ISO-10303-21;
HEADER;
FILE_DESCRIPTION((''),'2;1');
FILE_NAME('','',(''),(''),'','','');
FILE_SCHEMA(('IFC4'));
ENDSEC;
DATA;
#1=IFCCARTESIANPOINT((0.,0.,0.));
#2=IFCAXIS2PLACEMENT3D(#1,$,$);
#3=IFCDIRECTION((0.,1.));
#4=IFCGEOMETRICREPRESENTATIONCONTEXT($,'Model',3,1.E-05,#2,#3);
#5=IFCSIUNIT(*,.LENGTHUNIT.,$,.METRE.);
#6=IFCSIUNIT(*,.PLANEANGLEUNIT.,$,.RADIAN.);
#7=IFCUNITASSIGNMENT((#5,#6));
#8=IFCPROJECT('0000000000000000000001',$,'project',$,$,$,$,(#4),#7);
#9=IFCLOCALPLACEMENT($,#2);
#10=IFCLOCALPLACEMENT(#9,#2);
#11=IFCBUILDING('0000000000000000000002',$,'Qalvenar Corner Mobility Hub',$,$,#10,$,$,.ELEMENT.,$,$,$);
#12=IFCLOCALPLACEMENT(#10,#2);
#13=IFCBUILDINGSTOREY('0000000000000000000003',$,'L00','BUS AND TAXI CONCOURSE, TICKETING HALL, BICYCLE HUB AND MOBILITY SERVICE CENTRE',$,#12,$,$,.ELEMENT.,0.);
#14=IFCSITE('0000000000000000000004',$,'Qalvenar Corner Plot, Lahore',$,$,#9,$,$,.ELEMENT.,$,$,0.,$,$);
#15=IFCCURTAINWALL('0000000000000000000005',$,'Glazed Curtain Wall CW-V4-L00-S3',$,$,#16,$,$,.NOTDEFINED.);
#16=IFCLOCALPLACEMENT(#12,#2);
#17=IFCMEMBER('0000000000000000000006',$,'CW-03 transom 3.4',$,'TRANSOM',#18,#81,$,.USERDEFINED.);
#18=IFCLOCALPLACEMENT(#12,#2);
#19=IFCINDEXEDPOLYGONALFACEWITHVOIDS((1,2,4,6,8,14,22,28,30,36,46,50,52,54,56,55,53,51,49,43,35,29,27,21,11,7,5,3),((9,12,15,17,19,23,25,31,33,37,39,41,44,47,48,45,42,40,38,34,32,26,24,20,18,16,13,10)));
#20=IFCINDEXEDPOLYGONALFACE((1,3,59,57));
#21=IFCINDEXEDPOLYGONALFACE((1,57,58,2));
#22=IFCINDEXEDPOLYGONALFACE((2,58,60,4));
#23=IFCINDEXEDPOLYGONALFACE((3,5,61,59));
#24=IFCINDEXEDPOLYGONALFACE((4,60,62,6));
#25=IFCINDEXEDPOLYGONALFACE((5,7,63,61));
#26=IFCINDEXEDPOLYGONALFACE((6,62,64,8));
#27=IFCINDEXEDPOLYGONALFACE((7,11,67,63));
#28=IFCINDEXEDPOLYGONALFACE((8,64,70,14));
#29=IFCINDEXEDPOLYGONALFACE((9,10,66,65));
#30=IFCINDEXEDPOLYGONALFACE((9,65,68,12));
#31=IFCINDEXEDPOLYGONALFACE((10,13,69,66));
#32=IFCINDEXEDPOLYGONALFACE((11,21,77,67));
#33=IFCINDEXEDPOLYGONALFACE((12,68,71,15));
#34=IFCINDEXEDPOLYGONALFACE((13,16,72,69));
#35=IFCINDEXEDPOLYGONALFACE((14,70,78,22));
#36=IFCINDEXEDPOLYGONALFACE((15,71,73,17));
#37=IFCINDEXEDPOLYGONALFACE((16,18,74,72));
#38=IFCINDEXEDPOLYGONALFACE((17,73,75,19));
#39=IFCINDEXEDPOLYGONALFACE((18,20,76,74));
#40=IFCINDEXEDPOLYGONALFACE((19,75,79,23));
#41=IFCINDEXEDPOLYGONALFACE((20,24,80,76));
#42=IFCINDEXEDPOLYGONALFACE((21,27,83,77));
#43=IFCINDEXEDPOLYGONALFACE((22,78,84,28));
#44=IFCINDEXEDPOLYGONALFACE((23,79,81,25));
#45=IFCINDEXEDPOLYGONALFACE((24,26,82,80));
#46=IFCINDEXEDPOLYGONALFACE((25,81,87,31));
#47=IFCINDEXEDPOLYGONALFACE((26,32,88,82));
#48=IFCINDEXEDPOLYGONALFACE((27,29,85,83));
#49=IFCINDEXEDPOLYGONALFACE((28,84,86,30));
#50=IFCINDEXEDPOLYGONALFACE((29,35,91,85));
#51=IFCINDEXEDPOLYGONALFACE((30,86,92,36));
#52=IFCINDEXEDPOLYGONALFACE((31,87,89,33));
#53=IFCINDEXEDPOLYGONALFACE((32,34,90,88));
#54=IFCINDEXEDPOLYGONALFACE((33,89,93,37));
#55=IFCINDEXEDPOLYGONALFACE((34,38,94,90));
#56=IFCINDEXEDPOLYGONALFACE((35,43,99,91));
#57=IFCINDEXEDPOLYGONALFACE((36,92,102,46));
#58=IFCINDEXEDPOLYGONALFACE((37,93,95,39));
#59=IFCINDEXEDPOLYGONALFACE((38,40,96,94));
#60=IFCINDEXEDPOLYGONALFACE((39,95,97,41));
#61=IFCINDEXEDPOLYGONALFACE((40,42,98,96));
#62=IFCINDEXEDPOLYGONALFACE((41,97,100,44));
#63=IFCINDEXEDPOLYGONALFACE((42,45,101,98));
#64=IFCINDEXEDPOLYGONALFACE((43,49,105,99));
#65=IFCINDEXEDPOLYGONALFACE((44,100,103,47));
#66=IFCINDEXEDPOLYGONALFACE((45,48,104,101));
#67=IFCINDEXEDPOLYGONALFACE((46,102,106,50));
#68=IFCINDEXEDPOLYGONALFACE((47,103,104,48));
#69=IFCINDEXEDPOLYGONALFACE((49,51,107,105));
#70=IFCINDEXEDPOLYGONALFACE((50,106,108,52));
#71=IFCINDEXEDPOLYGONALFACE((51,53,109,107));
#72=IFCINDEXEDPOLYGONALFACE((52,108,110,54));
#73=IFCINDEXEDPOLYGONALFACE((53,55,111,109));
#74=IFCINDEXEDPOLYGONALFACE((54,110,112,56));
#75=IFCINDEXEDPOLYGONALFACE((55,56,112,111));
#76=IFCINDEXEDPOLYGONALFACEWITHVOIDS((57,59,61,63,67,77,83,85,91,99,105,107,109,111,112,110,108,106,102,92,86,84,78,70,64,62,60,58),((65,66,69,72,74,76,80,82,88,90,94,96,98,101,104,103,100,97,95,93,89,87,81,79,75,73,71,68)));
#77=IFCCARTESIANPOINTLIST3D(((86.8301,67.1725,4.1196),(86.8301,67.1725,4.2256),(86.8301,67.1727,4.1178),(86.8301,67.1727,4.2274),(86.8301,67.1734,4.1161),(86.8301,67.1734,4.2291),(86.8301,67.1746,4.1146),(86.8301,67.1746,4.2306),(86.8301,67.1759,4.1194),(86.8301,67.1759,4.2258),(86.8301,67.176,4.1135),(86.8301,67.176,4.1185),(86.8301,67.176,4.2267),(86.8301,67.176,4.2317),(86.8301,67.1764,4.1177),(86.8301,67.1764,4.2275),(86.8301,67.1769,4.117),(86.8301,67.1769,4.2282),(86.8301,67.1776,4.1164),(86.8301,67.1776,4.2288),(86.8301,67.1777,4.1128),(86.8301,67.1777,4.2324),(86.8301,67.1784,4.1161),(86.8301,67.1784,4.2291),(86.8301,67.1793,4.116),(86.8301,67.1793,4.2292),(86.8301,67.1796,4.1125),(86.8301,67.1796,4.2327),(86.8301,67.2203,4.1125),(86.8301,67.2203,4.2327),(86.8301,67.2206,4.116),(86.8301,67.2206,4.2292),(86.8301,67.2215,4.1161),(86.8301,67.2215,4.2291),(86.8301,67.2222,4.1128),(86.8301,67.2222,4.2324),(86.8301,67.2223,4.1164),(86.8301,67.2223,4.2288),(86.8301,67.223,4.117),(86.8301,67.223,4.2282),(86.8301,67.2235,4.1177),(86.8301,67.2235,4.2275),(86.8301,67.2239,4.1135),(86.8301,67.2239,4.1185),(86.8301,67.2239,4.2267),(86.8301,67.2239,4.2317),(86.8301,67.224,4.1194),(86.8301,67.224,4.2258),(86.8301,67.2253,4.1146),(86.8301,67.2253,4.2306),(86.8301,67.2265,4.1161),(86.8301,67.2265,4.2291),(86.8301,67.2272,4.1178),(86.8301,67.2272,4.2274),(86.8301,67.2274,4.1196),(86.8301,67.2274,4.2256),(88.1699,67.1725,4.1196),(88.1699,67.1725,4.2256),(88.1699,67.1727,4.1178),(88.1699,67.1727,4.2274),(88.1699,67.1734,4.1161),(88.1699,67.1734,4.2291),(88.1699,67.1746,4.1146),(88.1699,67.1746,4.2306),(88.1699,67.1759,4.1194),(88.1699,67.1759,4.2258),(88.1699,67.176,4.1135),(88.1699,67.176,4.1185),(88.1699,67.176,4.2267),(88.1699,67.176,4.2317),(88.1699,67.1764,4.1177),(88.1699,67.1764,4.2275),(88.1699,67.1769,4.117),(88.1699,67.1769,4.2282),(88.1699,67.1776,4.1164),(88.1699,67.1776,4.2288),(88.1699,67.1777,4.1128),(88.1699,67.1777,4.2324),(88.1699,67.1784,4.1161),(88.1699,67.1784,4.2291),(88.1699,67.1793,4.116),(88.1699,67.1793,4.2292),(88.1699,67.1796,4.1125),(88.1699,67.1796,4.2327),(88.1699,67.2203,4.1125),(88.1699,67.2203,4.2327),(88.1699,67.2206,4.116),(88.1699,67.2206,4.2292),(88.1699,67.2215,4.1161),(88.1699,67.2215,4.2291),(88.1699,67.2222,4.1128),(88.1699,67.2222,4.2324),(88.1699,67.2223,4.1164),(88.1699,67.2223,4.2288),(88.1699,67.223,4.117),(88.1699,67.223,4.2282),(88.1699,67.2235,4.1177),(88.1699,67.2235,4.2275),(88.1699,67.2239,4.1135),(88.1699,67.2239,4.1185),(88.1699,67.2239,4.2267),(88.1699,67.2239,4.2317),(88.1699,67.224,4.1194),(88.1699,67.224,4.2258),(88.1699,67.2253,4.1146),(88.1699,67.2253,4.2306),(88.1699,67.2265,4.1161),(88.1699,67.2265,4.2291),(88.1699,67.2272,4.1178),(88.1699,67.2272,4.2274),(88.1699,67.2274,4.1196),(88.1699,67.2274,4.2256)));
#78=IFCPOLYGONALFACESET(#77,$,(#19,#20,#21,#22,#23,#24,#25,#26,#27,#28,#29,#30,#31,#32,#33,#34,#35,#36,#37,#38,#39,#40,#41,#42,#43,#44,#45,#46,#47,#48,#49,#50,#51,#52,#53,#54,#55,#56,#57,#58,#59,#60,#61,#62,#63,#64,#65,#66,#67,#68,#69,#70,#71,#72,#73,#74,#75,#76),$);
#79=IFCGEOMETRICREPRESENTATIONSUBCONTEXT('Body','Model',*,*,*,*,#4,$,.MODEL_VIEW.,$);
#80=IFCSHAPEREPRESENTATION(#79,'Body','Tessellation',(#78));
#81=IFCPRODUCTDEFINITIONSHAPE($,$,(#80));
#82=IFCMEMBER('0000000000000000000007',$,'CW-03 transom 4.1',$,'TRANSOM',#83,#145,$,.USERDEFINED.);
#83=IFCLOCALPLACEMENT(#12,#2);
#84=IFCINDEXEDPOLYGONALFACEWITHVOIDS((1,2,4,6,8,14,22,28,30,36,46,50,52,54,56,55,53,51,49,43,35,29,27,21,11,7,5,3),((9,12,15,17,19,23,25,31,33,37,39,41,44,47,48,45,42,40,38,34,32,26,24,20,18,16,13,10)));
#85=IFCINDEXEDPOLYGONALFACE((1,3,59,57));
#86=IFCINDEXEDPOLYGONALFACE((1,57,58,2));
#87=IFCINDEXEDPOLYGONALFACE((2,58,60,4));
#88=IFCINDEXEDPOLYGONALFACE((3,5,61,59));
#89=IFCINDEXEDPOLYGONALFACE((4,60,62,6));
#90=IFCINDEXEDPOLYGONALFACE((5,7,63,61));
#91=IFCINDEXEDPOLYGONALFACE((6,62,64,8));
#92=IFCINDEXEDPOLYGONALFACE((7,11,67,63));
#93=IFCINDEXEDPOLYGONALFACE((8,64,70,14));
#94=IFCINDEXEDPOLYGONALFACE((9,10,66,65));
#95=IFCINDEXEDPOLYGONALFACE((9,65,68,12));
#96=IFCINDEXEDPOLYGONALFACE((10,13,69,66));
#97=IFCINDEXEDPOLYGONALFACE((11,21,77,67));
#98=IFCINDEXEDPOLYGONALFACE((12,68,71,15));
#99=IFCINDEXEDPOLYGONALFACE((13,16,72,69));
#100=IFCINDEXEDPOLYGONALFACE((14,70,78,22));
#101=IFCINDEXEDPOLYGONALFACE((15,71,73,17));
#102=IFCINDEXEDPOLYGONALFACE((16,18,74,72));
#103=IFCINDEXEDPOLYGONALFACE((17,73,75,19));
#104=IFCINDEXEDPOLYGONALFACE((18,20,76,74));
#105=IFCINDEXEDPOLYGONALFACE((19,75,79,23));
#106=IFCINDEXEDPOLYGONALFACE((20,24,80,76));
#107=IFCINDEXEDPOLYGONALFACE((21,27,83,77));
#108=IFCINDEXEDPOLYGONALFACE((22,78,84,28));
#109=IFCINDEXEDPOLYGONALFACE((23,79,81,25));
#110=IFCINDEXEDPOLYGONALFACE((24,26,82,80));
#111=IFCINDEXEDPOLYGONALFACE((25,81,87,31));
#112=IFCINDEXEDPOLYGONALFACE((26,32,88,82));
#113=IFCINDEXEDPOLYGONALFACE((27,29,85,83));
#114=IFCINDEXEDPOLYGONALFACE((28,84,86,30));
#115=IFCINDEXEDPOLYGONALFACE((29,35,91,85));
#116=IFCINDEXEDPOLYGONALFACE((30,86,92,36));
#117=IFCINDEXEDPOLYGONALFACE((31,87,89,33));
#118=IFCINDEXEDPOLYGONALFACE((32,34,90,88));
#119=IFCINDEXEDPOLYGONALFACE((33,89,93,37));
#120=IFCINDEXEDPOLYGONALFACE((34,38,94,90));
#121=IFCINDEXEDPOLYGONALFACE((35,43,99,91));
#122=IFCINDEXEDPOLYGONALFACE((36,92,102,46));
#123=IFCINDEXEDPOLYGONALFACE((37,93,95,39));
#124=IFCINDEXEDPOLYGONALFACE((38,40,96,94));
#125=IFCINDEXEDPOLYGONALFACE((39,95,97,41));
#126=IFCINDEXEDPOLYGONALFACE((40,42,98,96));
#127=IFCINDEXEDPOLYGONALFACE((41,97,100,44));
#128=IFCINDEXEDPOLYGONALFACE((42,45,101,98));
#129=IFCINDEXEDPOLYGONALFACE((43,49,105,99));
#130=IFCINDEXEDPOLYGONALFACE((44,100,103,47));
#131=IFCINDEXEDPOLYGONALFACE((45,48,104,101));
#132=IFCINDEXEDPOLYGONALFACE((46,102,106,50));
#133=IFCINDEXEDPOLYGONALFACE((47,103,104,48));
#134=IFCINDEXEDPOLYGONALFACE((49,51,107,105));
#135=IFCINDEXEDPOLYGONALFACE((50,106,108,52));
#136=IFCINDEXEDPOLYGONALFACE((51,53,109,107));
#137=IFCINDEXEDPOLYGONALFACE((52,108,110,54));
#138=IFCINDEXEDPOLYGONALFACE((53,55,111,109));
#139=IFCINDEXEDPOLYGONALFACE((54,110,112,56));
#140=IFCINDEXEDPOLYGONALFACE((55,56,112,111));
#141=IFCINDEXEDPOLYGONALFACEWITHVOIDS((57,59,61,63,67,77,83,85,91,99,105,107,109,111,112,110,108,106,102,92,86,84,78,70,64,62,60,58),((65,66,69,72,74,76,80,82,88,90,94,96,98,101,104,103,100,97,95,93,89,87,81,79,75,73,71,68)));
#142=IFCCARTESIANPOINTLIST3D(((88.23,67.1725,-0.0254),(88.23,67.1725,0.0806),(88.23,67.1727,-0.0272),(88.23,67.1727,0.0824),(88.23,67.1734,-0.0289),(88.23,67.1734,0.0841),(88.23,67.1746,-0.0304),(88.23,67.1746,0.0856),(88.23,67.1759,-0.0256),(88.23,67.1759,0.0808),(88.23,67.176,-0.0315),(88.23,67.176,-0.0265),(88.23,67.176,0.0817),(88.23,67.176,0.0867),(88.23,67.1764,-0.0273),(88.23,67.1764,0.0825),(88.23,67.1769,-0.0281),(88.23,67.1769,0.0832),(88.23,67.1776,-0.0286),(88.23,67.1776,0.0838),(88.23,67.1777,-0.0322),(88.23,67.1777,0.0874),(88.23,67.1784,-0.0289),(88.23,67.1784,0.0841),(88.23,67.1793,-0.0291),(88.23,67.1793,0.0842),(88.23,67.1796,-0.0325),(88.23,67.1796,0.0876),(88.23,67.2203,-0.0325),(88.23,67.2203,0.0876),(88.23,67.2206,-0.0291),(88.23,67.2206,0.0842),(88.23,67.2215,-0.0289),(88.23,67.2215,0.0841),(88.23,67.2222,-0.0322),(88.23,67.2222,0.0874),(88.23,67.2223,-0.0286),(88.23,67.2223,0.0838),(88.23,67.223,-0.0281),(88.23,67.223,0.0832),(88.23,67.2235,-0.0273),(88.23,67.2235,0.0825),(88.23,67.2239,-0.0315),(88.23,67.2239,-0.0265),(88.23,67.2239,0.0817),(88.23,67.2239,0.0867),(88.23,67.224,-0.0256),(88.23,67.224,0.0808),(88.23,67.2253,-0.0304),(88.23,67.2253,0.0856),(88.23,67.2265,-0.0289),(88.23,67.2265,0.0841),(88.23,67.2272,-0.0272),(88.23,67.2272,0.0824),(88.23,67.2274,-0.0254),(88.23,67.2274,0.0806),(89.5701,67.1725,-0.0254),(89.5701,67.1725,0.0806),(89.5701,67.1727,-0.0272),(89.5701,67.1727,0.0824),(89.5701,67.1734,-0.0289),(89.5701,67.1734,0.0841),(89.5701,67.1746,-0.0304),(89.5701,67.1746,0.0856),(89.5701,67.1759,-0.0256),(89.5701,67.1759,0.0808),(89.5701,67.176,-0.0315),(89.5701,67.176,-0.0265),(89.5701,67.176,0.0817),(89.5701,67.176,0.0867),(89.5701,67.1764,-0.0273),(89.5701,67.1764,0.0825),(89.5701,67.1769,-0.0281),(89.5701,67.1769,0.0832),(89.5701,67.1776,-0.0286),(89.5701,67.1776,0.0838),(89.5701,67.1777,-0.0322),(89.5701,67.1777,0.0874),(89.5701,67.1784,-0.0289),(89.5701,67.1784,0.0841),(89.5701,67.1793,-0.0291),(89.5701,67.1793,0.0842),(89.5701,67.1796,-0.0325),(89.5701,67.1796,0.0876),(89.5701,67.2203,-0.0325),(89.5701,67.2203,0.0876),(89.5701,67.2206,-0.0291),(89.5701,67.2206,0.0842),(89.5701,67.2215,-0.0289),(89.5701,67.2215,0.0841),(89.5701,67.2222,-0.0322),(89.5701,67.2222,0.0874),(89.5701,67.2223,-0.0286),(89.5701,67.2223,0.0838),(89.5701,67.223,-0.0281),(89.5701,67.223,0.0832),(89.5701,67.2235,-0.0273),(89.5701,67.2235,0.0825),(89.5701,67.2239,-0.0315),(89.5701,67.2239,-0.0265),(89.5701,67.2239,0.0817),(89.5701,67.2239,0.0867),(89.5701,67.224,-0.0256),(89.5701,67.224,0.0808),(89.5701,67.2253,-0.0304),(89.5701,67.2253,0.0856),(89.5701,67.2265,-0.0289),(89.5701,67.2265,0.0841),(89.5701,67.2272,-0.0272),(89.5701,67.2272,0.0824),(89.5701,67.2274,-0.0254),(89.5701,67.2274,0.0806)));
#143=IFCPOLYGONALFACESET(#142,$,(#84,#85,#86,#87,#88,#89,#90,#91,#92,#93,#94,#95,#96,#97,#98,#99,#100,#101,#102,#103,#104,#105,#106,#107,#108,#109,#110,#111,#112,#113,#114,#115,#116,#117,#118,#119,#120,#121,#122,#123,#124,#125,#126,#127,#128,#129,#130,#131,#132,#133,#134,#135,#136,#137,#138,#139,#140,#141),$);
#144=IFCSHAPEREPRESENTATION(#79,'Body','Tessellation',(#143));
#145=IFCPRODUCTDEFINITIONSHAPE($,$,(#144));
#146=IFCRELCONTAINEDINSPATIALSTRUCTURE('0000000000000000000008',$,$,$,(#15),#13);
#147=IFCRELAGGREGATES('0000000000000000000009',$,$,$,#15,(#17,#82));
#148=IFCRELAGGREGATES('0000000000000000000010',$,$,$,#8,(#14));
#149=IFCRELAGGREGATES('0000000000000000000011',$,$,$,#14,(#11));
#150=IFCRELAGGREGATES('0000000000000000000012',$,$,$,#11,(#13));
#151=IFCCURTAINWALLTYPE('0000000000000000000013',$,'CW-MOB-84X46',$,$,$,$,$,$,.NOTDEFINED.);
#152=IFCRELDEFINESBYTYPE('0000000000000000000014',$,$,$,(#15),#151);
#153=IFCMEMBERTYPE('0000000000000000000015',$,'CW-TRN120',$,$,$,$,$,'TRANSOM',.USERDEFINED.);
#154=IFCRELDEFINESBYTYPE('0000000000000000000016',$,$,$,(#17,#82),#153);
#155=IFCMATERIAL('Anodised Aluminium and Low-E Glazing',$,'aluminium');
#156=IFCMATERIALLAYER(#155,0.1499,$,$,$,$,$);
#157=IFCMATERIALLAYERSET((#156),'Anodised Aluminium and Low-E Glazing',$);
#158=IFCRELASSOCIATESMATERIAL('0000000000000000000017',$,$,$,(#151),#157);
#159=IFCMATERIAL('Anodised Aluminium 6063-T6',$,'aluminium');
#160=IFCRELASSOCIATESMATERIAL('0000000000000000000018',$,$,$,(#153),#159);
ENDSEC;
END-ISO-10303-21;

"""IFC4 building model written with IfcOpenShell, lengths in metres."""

from ifc_helpers import new_model, si_unit, direction, frame, origin, origin_2d, place, context, subcontext, project, spatial, hollow_rectangle, extrude, material, layer, layer_set, material_profile, profile_set, type_object, element, aggregate, save


model = new_model("IFC4")

# Units and contexts
model_context = context("Model", 3, precision=1e-05, world=origin(), true_north=direction((0.0, 1.0)))
body_context = subcontext(model_context, "Body", "Model", "MODEL_VIEW")
ifc_project = project(units=[si_unit("LENGTHUNIT", "METRE"), si_unit("PLANEANGLEUNIT", "RADIAN")], contexts=[model_context])

# Site, building, storey
site_placement = place(None, origin())
site = spatial("IfcSite", under=ifc_project, at=site_placement, Name="Qalvenar Corner Plot, Lahore", CompositionType="ELEMENT", RefElevation=0.0)
building_placement = place(site_placement, origin())
building = spatial("IfcBuilding", under=site, at=building_placement, Name="Qalvenar Corner Mobility Hub", CompositionType="ELEMENT")
storey_placement = place(building_placement, origin())
storey = spatial("IfcBuildingStorey", under=building, at=storey_placement, Name="L00", Description="BUS AND TAXI CONCOURSE, TICKETING HALL, BICYCLE HUB AND MOBILITY SERVICE CENTRE", CompositionType="ELEMENT", Elevation=0.0)

# Curtain wall, members
ifc_material_1 = material(Name="Anodised Aluminium and Low-E Glazing", Category="aluminium")
ifc_layer_1 = layer(ifc_material_1, 0.1499)
ifc_layer_set_1 = layer_set([ifc_layer_1], Name="Anodised Aluminium and Low-E Glazing")
curtain_wall_type = type_object("IfcCurtainWallType", Name="CW-MOB-84X46", PredefinedType="NOTDEFINED", material=ifc_layer_set_1)
curtain_wall_placement = place(storey_placement, origin())
curtain_wall = element("IfcCurtainWall", 1, at=curtain_wall_placement, inside=storey, type_object=curtain_wall_type, Name="Glazed Curtain Wall CW-V4-L00-S3", PredefinedType="NOTDEFINED")
ifc_material_2 = material(Name="Anodised Aluminium 6063-T6", Category="aluminium")
ifc_material_profile_1 = material_profile(ifc_material_2, hollow_rectangle(XDim=0.0549, YDim=0.1201, WallThickness=0.0034, InnerFilletRadius=0.0034, OuterFilletRadius=0.0071, at=origin_2d()), Name="RHS120x55x3.5")
ifc_profile_set_1 = profile_set([ifc_material_profile_1], Name="Anodised Aluminium 6063-T6")
member_type_1 = type_object("IfcMemberType", Name="CW-TRN120", ElementType="TRANSOM", PredefinedType="USERDEFINED", material=ifc_profile_set_1)
member_1_placement = place(storey_placement, frame((86.8301, 67.2, 4.1726), z_axis=(1.0, 0.0, 0.0), x_axis=(0.0, 1.0, 0.0)))
member_1 = element("IfcMember", 2, at=member_1_placement, type_object=member_type_1, Name="CW-03 transom 3.4", ObjectType="TRANSOM", PredefinedType="USERDEFINED", context=body_context, shape_type="SweptSolid", body=[
    extrude(hollow_rectangle(XDim=0.0549, YDim=0.1201, WallThickness=0.0034, InnerFilletRadius=0.0034, OuterFilletRadius=0.0071, at=origin_2d()), origin(), (0.0, 0.0, 1.0), 1.3398),
])
member_2_placement = place(storey_placement, frame((88.23, 67.2, 0.0276), z_axis=(1.0, 0.0, 0.0), x_axis=(0.0, 1.0, 0.0)))
member_2 = element("IfcMember", 3, at=member_2_placement, type_object=member_type_1, Name="CW-03 transom 4.1", ObjectType="TRANSOM", PredefinedType="USERDEFINED", context=body_context, shape_type="SweptSolid", body=[
    extrude(hollow_rectangle(XDim=0.0549, YDim=0.1201, WallThickness=0.0034, InnerFilletRadius=0.0034, OuterFilletRadius=0.0071, at=origin_2d()), origin(), (0.0, 0.0, 1.0), 1.3401),
])
aggregate(curtain_wall, [member_1, member_2])

save(model, "model.ifc")
